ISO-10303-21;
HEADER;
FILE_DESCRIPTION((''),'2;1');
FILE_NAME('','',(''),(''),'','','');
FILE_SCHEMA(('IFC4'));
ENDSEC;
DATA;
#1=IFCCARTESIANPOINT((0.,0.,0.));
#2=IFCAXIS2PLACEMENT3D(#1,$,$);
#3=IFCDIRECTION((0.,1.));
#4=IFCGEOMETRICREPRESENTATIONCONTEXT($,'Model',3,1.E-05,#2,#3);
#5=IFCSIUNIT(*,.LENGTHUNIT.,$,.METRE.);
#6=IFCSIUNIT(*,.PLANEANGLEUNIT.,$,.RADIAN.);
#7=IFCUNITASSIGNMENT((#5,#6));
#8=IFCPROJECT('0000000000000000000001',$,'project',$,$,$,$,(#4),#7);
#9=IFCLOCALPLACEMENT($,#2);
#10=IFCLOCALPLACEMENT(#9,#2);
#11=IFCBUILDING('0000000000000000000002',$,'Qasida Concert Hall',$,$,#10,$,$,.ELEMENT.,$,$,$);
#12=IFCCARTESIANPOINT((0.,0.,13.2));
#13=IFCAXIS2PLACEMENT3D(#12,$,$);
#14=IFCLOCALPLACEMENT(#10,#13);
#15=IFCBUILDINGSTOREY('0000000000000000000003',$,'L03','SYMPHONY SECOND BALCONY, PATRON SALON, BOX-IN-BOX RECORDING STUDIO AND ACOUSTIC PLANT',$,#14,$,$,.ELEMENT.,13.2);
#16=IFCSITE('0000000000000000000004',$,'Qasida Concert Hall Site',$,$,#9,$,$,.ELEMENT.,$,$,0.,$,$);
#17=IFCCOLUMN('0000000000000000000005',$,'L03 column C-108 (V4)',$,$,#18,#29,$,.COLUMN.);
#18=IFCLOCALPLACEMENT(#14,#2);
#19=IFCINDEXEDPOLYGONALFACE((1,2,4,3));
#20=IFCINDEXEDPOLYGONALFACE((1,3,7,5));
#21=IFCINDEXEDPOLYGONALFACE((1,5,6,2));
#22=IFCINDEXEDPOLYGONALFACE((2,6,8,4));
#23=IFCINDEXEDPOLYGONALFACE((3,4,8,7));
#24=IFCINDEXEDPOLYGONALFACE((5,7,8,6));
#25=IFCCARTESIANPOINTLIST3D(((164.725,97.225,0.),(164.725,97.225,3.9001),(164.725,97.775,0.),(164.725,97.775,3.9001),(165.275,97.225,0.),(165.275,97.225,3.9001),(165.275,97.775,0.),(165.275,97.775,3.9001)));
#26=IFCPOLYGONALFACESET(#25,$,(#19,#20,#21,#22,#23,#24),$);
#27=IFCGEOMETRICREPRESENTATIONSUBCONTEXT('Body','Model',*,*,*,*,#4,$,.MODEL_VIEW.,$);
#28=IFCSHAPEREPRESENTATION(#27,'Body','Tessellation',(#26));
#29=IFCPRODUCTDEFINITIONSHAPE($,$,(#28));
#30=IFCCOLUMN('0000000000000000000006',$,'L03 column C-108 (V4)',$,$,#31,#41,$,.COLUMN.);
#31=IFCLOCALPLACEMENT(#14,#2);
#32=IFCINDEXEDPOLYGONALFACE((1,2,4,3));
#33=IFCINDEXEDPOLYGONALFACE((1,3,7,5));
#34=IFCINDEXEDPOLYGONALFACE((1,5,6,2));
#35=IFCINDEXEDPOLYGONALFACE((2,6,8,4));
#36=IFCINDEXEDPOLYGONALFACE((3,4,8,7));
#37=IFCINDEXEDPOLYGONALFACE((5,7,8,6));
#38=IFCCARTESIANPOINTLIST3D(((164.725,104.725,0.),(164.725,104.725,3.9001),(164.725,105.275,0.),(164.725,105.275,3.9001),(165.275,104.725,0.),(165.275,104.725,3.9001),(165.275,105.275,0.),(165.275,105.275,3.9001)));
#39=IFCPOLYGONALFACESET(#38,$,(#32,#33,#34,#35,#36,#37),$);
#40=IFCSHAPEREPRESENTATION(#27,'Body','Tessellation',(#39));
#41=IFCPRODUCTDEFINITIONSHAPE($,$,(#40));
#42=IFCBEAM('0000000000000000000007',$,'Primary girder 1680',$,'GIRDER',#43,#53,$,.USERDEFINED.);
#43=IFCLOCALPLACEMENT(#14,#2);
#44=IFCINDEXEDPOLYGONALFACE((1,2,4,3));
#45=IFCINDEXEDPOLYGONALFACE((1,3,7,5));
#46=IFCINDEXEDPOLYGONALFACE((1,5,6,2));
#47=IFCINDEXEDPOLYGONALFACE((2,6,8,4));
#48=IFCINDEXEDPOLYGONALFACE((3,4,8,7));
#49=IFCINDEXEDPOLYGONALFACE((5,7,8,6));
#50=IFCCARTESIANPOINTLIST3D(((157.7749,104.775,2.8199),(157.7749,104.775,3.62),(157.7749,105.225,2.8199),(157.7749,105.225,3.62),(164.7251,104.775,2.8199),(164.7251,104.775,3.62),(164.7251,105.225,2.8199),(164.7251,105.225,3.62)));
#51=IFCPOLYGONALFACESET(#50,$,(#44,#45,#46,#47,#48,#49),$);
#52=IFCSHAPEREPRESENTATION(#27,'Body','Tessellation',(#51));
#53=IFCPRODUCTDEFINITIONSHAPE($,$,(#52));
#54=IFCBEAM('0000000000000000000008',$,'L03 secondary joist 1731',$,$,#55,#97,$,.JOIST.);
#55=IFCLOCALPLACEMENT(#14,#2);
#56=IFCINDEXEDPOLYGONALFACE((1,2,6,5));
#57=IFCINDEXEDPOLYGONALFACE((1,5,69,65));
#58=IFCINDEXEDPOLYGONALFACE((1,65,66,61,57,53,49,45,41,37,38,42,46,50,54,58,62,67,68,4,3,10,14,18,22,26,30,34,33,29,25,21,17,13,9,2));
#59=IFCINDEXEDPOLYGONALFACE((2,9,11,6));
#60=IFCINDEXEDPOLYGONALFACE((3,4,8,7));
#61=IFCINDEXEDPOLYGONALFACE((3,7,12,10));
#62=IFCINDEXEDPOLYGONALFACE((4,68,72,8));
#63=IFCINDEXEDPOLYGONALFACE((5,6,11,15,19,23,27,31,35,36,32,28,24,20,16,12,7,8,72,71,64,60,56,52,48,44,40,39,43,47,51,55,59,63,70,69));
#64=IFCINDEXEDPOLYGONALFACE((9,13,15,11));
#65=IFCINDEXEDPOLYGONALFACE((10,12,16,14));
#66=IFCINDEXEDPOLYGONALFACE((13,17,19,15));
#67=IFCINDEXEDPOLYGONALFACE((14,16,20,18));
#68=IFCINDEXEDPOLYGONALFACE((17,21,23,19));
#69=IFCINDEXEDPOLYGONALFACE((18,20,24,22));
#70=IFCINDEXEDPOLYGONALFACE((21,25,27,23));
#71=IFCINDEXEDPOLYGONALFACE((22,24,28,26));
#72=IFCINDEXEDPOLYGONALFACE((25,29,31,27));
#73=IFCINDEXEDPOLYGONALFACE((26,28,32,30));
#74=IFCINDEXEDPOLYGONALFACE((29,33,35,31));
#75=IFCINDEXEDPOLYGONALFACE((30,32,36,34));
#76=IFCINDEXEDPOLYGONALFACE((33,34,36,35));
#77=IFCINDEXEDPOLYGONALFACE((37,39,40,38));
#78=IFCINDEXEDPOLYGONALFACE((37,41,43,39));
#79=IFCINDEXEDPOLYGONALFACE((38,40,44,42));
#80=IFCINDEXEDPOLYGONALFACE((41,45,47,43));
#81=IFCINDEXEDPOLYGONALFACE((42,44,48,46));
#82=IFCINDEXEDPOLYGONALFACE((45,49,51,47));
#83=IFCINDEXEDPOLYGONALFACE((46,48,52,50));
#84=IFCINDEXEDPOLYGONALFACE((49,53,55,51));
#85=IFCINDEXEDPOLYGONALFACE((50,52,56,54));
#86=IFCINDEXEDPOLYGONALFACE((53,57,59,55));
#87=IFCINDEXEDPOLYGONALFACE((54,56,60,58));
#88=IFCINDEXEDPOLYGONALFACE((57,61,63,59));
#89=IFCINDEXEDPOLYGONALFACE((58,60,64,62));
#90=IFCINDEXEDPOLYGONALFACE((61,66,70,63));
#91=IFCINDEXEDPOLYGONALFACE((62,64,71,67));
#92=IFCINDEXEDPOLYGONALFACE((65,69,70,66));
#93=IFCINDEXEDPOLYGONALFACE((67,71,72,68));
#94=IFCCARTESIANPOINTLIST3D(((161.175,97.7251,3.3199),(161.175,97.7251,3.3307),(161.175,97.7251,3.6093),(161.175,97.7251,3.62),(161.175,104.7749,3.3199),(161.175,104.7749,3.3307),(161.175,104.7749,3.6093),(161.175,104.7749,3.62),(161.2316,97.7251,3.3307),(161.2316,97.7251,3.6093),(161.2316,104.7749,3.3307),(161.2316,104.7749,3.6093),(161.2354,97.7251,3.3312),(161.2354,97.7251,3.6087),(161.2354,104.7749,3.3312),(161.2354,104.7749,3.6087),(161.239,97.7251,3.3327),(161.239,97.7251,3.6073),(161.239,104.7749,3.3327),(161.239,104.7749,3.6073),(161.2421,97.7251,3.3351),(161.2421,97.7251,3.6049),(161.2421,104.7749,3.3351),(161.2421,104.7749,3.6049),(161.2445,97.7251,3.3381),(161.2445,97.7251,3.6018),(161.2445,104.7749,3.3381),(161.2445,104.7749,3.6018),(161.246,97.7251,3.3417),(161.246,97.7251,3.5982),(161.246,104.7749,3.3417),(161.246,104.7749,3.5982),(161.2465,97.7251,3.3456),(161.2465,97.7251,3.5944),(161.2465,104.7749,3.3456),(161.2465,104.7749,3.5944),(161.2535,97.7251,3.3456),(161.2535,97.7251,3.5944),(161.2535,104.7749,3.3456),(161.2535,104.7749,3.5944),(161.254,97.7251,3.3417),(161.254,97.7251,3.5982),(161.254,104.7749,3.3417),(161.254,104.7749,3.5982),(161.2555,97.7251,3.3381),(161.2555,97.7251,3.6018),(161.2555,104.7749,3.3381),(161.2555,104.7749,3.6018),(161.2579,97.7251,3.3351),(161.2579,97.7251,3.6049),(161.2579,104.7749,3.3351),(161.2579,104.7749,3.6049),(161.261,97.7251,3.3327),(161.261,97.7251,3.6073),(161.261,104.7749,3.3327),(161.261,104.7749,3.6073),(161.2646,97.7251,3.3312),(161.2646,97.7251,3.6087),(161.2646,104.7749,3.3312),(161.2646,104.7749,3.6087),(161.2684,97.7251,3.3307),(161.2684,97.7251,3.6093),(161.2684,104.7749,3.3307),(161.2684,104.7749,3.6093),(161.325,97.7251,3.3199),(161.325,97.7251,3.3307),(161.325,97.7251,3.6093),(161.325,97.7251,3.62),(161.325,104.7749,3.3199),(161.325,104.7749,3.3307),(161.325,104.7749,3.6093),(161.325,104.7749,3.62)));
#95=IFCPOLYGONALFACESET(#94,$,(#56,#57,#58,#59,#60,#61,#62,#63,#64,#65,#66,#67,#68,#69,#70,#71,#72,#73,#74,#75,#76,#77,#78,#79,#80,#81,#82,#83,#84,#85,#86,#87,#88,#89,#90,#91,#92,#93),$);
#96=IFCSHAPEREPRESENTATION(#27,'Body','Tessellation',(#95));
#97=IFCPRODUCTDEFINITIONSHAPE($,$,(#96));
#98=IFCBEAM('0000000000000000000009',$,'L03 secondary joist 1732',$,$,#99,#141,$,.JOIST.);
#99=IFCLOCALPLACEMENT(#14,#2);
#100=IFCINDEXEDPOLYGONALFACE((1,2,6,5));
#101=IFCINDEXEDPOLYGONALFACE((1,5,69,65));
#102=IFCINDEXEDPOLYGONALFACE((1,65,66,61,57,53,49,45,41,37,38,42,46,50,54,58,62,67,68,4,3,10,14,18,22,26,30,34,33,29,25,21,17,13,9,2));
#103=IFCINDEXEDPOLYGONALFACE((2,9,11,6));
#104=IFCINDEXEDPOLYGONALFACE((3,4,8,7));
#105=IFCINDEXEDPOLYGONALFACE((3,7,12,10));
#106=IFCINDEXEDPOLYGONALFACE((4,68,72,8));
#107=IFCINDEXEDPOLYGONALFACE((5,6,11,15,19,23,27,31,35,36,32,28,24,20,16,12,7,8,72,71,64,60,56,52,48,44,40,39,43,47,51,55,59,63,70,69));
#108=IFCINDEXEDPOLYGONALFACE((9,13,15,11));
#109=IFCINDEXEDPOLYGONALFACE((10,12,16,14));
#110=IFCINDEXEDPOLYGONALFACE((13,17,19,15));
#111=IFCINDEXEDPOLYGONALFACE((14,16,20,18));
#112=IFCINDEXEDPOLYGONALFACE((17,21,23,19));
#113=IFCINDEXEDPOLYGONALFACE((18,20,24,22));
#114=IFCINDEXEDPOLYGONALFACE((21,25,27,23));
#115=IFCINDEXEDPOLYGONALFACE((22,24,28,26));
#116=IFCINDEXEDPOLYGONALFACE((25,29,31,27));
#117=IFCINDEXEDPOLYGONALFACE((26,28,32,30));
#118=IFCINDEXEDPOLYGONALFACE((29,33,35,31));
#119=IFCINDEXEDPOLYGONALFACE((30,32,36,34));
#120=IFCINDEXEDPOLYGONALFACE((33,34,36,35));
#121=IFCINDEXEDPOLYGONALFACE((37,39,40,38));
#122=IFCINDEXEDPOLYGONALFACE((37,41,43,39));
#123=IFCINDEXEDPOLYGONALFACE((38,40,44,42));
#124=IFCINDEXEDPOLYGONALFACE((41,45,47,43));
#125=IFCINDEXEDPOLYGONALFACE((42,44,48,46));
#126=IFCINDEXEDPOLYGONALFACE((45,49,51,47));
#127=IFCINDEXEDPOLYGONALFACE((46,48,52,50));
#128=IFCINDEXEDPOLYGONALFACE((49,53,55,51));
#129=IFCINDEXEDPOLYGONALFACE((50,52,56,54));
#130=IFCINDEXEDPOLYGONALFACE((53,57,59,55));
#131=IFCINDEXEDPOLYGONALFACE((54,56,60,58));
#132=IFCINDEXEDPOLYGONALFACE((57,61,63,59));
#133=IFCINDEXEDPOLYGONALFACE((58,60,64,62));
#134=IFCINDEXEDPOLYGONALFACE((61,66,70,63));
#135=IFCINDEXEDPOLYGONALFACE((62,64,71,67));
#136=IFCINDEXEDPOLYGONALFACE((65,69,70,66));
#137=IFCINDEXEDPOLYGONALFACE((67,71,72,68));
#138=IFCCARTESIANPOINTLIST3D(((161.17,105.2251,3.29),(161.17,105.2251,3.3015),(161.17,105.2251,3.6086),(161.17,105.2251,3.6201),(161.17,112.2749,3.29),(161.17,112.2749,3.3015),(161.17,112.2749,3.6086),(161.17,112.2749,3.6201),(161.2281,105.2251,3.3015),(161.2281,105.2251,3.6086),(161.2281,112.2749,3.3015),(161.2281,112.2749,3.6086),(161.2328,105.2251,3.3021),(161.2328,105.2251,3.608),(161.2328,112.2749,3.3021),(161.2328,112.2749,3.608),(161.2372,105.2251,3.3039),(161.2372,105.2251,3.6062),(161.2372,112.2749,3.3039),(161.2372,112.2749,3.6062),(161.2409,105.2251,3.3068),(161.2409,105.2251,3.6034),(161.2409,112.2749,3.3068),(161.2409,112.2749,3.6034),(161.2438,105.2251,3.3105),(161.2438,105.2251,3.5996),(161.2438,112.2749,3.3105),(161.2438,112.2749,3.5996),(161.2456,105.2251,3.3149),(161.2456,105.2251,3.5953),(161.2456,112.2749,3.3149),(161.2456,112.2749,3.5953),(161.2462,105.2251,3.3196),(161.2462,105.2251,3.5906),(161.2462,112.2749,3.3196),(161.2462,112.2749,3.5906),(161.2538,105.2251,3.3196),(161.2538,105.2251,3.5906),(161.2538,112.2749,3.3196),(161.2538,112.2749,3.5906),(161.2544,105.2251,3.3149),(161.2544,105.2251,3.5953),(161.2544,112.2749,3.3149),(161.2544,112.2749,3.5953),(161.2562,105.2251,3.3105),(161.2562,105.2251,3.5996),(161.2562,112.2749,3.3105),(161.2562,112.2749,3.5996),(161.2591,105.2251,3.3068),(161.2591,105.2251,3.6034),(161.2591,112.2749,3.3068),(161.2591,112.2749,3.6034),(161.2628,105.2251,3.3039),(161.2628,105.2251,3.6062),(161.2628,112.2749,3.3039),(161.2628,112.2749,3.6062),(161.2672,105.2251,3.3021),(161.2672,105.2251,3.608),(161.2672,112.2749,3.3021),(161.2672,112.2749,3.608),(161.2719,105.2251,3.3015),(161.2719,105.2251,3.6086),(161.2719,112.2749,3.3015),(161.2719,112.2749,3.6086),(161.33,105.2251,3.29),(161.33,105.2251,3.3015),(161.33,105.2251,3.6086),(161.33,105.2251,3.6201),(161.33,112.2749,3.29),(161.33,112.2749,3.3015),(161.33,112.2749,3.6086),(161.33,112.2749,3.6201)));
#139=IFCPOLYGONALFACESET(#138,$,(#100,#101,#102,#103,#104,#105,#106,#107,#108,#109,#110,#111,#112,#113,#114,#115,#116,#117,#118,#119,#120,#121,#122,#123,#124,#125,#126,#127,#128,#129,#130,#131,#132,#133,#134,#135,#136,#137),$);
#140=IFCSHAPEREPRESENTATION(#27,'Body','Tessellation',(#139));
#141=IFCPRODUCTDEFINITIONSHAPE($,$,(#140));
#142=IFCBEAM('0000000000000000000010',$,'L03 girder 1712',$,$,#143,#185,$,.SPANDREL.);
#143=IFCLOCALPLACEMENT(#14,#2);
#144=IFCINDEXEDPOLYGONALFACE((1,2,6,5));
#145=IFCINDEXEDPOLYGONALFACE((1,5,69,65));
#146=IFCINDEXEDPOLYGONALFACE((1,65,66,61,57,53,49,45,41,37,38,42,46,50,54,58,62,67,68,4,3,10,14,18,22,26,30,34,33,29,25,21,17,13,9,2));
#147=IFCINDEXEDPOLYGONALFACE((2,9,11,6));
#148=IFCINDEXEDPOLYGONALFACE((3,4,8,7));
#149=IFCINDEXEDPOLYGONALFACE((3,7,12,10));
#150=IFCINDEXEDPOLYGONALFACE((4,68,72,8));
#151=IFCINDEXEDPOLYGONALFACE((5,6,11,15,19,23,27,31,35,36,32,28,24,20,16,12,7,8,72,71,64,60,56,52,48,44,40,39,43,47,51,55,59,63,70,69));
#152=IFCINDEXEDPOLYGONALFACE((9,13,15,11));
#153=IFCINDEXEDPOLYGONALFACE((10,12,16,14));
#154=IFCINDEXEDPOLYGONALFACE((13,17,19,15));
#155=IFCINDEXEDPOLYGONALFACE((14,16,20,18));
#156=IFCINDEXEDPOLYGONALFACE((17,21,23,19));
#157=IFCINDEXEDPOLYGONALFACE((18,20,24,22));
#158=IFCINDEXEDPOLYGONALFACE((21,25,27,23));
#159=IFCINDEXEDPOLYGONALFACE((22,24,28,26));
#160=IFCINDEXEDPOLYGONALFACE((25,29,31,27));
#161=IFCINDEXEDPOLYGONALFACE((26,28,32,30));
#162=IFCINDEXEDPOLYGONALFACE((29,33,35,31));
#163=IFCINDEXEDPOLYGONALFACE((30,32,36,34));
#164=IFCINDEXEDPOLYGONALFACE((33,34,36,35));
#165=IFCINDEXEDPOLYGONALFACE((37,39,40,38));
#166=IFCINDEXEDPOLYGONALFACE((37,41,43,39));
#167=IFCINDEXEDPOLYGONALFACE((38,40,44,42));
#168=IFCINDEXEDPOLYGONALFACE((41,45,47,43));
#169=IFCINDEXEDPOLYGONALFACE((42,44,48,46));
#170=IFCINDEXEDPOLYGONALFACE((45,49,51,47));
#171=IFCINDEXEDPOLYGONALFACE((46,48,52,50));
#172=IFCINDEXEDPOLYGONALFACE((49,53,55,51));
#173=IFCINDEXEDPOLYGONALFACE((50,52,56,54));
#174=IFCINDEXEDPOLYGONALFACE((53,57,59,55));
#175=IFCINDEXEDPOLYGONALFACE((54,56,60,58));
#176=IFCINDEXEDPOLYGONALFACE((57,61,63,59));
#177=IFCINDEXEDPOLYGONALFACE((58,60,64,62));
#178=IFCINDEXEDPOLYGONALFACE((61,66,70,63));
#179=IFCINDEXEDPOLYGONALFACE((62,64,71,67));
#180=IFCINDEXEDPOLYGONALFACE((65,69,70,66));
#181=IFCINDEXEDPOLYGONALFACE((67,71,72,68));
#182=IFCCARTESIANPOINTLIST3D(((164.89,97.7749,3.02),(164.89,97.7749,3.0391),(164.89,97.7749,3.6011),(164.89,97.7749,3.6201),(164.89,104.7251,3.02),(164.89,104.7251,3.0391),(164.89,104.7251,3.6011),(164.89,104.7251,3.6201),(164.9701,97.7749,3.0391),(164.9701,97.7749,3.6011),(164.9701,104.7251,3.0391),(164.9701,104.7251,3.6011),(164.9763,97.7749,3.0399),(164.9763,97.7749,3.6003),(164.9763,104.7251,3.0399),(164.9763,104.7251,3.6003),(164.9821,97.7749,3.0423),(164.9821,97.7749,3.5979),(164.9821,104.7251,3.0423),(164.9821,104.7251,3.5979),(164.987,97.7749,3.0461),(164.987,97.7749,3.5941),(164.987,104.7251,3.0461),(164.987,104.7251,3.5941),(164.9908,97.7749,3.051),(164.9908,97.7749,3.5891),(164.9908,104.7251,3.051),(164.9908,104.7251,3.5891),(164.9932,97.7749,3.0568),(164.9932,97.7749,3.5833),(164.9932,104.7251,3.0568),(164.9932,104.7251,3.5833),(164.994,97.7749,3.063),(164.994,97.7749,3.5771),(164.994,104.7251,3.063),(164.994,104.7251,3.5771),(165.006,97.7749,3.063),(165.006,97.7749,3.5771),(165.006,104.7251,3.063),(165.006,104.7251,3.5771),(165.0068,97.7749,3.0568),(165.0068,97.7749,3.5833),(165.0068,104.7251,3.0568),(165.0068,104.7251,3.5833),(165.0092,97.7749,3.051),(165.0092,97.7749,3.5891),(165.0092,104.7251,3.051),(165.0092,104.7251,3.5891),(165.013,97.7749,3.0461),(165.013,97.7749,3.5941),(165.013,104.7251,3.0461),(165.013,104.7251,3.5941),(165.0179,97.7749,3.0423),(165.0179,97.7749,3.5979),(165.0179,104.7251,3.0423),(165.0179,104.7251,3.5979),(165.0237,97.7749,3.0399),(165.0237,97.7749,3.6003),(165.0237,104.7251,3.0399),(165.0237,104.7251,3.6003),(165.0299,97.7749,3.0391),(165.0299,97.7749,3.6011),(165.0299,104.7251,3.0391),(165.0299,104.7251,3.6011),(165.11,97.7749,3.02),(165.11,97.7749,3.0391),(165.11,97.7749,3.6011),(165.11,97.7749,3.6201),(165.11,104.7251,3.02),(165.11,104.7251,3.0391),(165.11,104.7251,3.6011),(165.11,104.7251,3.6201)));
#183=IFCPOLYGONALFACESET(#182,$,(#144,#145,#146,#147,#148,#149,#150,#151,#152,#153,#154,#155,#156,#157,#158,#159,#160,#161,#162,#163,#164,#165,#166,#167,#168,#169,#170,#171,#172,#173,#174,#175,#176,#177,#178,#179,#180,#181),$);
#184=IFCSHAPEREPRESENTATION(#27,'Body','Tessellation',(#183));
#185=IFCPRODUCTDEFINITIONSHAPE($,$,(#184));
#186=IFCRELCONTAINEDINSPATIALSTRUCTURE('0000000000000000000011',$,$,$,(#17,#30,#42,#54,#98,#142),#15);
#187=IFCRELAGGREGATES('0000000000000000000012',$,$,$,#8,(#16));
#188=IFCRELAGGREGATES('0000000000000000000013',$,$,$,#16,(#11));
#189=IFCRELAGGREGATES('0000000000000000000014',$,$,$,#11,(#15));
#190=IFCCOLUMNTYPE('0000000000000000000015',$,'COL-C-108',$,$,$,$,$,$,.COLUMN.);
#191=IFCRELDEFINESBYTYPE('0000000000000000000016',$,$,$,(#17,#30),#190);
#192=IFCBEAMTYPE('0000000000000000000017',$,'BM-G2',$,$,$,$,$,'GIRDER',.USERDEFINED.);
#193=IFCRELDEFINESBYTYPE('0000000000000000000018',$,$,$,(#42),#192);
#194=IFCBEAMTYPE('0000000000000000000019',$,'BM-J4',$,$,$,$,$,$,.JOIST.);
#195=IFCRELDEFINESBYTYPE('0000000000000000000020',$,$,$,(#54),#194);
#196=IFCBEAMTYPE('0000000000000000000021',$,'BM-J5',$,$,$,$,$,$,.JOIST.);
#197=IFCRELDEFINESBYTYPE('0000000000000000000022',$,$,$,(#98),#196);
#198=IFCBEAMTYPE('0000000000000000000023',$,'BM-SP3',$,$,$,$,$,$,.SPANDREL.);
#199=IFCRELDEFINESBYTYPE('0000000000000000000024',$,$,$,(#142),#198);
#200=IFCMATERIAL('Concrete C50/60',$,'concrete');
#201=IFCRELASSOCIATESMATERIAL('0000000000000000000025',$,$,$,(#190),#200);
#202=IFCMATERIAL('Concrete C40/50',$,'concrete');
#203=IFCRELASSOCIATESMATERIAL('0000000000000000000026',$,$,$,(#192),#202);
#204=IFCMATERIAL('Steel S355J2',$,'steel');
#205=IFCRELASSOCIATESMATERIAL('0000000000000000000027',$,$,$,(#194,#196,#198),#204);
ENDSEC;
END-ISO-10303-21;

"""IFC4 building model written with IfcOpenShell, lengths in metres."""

from ifc_helpers import new_model, si_unit, direction, frame, origin, origin_2d, place, context, subcontext, project, spatial, rectangle, i_section, extrude, material, material_profile, profile_set, type_object, element, save


model = new_model("IFC4")

# Units and contexts
model_context = context("Model", 3, precision=1e-05, world=origin(), true_north=direction((0.0, 1.0)))
body_context = subcontext(model_context, "Body", "Model", "MODEL_VIEW")
ifc_project = project(units=[si_unit("LENGTHUNIT", "METRE"), si_unit("PLANEANGLEUNIT", "RADIAN")], contexts=[model_context])

# Site, building, storey
site_placement = place(None, origin())
site = spatial("IfcSite", under=ifc_project, at=site_placement, Name="Qasida Concert Hall Site", CompositionType="ELEMENT", RefElevation=0.0)
building_placement = place(site_placement, origin())
building = spatial("IfcBuilding", under=site, at=building_placement, Name="Qasida Concert Hall", CompositionType="ELEMENT")
storey_placement = place(building_placement, frame((0.0, 0.0, 13.2)))
storey = spatial("IfcBuildingStorey", under=building, at=storey_placement, Name="L03", Description="SYMPHONY SECOND BALCONY, PATRON SALON, BOX-IN-BOX RECORDING STUDIO AND ACOUSTIC PLANT", CompositionType="ELEMENT", Elevation=13.2)

# Columns
ifc_material_1 = material(Name="Concrete C50/60", Category="concrete")
ifc_material_profile_1 = material_profile(ifc_material_1, rectangle(XDim=0.55, YDim=0.55, at=origin_2d()), Name="RC 550x550")
ifc_profile_set_1 = profile_set([ifc_material_profile_1], Name="Concrete C50/60")
column_type = type_object("IfcColumnType", Name="COL-C-108", PredefinedType="COLUMN", material=ifc_profile_set_1)
for number, where, z_axis, x_axis, name in (
    (1, (165.0, 97.5, 0.0), (0.0, 0.0, 1.0), (1.0, 0.0, 0.0), "L03 column C-108 (V4)"),
    (2, (165.0, 105.0, 0.0), (0.0, 0.0, 1.0), (1.0, 0.0, 0.0), "L03 column C-108 (V4)"),
):
    element("IfcColumn", number, at=place(storey_placement, frame(where, z_axis=z_axis, x_axis=x_axis)), inside=storey, type_object=column_type, Name=name, PredefinedType="COLUMN", context=body_context, shape_type="SweptSolid", body=[
        extrude(rectangle(XDim=0.55, YDim=0.55, at=origin_2d()), origin(), (0.0, 0.0, 1.0), 3.9001),
    ])

# Beams
ifc_material_2 = material(Name="Concrete C40/50", Category="concrete")
ifc_material_profile_2 = material_profile(ifc_material_2, rectangle(XDim=0.45, YDim=0.8, at=origin_2d()), Name="RC 450x800")
ifc_profile_set_2 = profile_set([ifc_material_profile_2], Name="Concrete C40/50")
beam_type_1 = type_object("IfcBeamType", Name="BM-G2", ElementType="GIRDER", PredefinedType="USERDEFINED", material=ifc_profile_set_2)
beam_1_placement = place(storey_placement, frame((157.7749, 105.0, 3.22), z_axis=(1.0, 0.0, 0.0), x_axis=(0.0, 1.0, 0.0)))
element("IfcBeam", 3, at=beam_1_placement, inside=storey, type_object=beam_type_1, Name="Primary girder 1680", ObjectType="GIRDER", PredefinedType="USERDEFINED", context=body_context, shape_type="SweptSolid", body=[
    extrude(rectangle(XDim=0.45, YDim=0.8, at=origin_2d()), origin(), (0.0, 0.0, 1.0), 6.9502),
])
ifc_material_3 = material(Name="Steel S355J2", Category="steel")
ifc_material_profile_3 = material_profile(ifc_material_3, i_section(OverallWidth=0.1499, OverallDepth=0.3, WebThickness=0.0071, FlangeThickness=0.0107, FilletRadius=0.0149, at=origin_2d()), Name="IPE 300")
ifc_profile_set_3 = profile_set([ifc_material_profile_3], Name="Steel S355J2")
beam_type_2 = type_object("IfcBeamType", Name="BM-J4", PredefinedType="JOIST", material=ifc_profile_set_3)
beam_2_placement = place(storey_placement, frame((161.25, 97.7251, 3.47), z_axis=(0.0, 1.0, 0.0), x_axis=(-1.0, 0.0, 0.0)))
element("IfcBeam", 4, at=beam_2_placement, inside=storey, type_object=beam_type_2, Name="L03 secondary joist 1731", PredefinedType="JOIST", context=body_context, shape_type="SweptSolid", body=[
    extrude(i_section(OverallWidth=0.1499, OverallDepth=0.3, WebThickness=0.0071, FlangeThickness=0.0107, FilletRadius=0.0149, at=origin_2d()), origin(), (0.0, 0.0, 1.0), 7.0498),
])
ifc_material_profile_4 = material_profile(ifc_material_3, i_section(OverallWidth=0.1599, OverallDepth=0.3301, WebThickness=0.0076, FlangeThickness=0.0115, FilletRadius=0.0181, at=origin_2d()), Name="IPE 330")
ifc_profile_set_4 = profile_set([ifc_material_profile_4], Name="Steel S355J2")
beam_type_3 = type_object("IfcBeamType", Name="BM-J5", PredefinedType="JOIST", material=ifc_profile_set_4)
beam_3_placement = place(storey_placement, frame((161.25, 105.2251, 3.4551), z_axis=(0.0, 1.0, 0.0), x_axis=(-1.0, 0.0, 0.0)))
element("IfcBeam", 5, at=beam_3_placement, inside=storey, type_object=beam_type_3, Name="L03 secondary joist 1732", PredefinedType="JOIST", context=body_context, shape_type="SweptSolid", body=[
    extrude(i_section(OverallWidth=0.1599, OverallDepth=0.3301, WebThickness=0.0076, FlangeThickness=0.0115, FilletRadius=0.0181, at=origin_2d()), origin(), (0.0, 0.0, 1.0), 7.0498),
])
ifc_material_profile_5 = material_profile(ifc_material_3, i_section(OverallWidth=0.22, OverallDepth=0.6001, WebThickness=0.012, FlangeThickness=0.019, FilletRadius=0.0239, at=origin_2d()), Name="IPE 600")
ifc_profile_set_5 = profile_set([ifc_material_profile_5], Name="Steel S355J2")
beam_type_4 = type_object("IfcBeamType", Name="BM-SP3", PredefinedType="SPANDREL", material=ifc_profile_set_5)
beam_4_placement = place(storey_placement, frame((165.0, 97.7749, 3.3201), z_axis=(0.0, 1.0, 0.0), x_axis=(-1.0, 0.0, 0.0)))
element("IfcBeam", 6, at=beam_4_placement, inside=storey, type_object=beam_type_4, Name="L03 girder 1712", PredefinedType="SPANDREL", context=body_context, shape_type="SweptSolid", body=[
    extrude(i_section(OverallWidth=0.22, OverallDepth=0.6001, WebThickness=0.012, FlangeThickness=0.019, FilletRadius=0.0239, at=origin_2d()), origin(), (0.0, 0.0, 1.0), 6.9502),
])

save(model, "model.ifc")
